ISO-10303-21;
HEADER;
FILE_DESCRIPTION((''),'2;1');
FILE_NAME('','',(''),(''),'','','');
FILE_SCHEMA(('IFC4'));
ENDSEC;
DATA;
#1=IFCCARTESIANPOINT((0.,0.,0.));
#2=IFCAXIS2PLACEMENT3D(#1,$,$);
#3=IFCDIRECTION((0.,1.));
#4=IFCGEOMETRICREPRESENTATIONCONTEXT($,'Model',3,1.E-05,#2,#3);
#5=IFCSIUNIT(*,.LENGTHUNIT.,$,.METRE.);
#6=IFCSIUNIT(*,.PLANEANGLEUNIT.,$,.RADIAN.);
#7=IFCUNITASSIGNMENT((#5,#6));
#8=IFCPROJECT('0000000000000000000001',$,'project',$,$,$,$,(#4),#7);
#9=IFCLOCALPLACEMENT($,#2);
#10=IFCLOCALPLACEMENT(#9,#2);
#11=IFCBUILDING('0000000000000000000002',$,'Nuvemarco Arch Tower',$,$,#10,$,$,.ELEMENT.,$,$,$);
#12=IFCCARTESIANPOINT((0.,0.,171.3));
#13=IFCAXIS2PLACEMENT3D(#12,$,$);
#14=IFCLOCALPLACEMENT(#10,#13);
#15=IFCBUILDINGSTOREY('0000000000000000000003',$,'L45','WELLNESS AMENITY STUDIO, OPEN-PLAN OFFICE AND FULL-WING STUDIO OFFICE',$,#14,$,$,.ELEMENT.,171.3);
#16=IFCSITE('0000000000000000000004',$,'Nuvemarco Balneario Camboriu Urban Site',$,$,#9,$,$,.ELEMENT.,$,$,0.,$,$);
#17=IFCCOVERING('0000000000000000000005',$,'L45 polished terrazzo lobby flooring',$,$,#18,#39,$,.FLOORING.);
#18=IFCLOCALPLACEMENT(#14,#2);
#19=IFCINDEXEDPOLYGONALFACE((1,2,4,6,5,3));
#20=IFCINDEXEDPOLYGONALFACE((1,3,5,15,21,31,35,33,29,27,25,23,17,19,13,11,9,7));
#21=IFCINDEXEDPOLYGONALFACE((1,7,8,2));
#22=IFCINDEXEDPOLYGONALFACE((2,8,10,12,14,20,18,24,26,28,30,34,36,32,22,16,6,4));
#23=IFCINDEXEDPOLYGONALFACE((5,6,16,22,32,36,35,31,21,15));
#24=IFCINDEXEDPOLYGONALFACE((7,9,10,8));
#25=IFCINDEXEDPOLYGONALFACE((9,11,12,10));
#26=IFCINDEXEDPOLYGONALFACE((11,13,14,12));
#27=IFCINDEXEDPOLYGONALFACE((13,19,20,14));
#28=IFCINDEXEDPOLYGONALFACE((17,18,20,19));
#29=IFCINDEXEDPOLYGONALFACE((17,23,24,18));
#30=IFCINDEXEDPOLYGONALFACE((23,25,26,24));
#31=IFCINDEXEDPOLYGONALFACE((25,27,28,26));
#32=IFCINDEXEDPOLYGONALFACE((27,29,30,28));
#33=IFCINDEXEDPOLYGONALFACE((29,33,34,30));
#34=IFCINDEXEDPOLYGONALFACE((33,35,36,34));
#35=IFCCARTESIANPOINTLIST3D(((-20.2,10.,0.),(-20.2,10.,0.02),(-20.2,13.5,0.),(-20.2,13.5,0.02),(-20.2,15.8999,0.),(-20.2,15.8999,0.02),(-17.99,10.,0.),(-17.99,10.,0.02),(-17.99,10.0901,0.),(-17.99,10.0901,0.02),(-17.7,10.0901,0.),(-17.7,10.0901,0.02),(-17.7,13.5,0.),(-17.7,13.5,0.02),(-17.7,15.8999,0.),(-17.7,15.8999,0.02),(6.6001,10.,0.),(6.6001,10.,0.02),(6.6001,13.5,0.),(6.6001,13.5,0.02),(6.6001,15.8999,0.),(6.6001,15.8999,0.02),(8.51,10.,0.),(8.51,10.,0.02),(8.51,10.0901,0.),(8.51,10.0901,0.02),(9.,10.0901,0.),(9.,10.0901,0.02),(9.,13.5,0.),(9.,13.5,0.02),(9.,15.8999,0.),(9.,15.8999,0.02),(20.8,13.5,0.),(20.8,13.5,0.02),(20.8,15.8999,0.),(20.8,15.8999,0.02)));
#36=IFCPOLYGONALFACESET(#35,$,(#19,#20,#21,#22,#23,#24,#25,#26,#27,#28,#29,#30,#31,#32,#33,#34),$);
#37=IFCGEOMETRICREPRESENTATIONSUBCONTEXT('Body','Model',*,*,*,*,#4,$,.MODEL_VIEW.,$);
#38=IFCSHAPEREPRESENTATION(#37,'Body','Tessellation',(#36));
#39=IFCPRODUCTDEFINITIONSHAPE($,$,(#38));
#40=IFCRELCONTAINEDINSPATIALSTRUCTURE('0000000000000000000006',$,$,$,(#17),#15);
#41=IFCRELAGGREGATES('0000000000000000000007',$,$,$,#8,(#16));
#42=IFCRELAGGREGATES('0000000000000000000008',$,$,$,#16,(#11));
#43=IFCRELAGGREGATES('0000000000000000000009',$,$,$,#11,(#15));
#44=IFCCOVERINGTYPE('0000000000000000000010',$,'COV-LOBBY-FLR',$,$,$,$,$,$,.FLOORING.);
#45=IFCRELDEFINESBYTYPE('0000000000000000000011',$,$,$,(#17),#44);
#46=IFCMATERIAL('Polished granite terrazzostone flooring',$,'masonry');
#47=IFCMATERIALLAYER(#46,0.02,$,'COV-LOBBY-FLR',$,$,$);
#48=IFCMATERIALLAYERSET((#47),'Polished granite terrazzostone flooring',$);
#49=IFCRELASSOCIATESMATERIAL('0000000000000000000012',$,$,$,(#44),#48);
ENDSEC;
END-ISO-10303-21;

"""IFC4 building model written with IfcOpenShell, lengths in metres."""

from ifc_helpers import new_model, si_unit, direction, frame, origin, place, context, subcontext, project, spatial, polyline, outline, extrude, material, layer, layer_set, type_object, element, save


model = new_model("IFC4")

# Units and contexts
model_context = context("Model", 3, precision=1e-05, world=origin(), true_north=direction((0.0, 1.0)))
body_context = subcontext(model_context, "Body", "Model", "MODEL_VIEW")
ifc_project = project(units=[si_unit("LENGTHUNIT", "METRE"), si_unit("PLANEANGLEUNIT", "RADIAN")], contexts=[model_context])

# Site, building, storey
site_placement = place(None, origin())
site = spatial("IfcSite", under=ifc_project, at=site_placement, Name="Nuvemarco Balneario Camboriu Urban Site", CompositionType="ELEMENT", RefElevation=0.0)
building_placement = place(site_placement, origin())
building = spatial("IfcBuilding", under=site, at=building_placement, Name="Nuvemarco Arch Tower", CompositionType="ELEMENT")
storey_placement = place(building_placement, frame((0.0, 0.0, 171.3)))
storey = spatial("IfcBuildingStorey", under=building, at=storey_placement, Name="L45", Description="WELLNESS AMENITY STUDIO, OPEN-PLAN OFFICE AND FULL-WING STUDIO OFFICE", CompositionType="ELEMENT", Elevation=171.3)

# Covering
ifc_material_1 = material(Name="Polished granite terrazzostone flooring", Category="masonry")
ifc_layer_1 = layer(ifc_material_1, 0.02, Name="COV-LOBBY-FLR")
ifc_layer_set_1 = layer_set([ifc_layer_1], Name="Polished granite terrazzostone flooring")
covering_type_1 = type_object("IfcCoveringType", Name="COV-LOBBY-FLR", PredefinedType="FLOORING", material=ifc_layer_set_1)
covering_1_placement = place(storey_placement, origin())
element("IfcCovering", 1, at=covering_1_placement, inside=storey, type_object=covering_type_1, Name="L45 polished terrazzo lobby flooring", PredefinedType="FLOORING", context=body_context, shape_type="SweptSolid", body=[
    extrude(outline(polyline([(-20.2, 13.5), (-20.2, 15.8999), (-17.7, 15.8999), (6.6001, 15.8999), (9.0, 15.8999), (20.8, 15.8999), (20.8, 13.5), (9.0, 13.5), (9.0, 10.0901), (8.51, 10.0901), (8.51, 10.0), (6.6001, 10.0), (6.6001, 13.5), (-17.7, 13.5), (-17.7, 10.0901), (-17.99, 10.0901), (-17.99, 10.0), (-20.2, 10.0), (-20.2, 13.5)])), origin(), (0.0, 0.0, 1.0), 0.02),
])

save(model, "model.ifc")
